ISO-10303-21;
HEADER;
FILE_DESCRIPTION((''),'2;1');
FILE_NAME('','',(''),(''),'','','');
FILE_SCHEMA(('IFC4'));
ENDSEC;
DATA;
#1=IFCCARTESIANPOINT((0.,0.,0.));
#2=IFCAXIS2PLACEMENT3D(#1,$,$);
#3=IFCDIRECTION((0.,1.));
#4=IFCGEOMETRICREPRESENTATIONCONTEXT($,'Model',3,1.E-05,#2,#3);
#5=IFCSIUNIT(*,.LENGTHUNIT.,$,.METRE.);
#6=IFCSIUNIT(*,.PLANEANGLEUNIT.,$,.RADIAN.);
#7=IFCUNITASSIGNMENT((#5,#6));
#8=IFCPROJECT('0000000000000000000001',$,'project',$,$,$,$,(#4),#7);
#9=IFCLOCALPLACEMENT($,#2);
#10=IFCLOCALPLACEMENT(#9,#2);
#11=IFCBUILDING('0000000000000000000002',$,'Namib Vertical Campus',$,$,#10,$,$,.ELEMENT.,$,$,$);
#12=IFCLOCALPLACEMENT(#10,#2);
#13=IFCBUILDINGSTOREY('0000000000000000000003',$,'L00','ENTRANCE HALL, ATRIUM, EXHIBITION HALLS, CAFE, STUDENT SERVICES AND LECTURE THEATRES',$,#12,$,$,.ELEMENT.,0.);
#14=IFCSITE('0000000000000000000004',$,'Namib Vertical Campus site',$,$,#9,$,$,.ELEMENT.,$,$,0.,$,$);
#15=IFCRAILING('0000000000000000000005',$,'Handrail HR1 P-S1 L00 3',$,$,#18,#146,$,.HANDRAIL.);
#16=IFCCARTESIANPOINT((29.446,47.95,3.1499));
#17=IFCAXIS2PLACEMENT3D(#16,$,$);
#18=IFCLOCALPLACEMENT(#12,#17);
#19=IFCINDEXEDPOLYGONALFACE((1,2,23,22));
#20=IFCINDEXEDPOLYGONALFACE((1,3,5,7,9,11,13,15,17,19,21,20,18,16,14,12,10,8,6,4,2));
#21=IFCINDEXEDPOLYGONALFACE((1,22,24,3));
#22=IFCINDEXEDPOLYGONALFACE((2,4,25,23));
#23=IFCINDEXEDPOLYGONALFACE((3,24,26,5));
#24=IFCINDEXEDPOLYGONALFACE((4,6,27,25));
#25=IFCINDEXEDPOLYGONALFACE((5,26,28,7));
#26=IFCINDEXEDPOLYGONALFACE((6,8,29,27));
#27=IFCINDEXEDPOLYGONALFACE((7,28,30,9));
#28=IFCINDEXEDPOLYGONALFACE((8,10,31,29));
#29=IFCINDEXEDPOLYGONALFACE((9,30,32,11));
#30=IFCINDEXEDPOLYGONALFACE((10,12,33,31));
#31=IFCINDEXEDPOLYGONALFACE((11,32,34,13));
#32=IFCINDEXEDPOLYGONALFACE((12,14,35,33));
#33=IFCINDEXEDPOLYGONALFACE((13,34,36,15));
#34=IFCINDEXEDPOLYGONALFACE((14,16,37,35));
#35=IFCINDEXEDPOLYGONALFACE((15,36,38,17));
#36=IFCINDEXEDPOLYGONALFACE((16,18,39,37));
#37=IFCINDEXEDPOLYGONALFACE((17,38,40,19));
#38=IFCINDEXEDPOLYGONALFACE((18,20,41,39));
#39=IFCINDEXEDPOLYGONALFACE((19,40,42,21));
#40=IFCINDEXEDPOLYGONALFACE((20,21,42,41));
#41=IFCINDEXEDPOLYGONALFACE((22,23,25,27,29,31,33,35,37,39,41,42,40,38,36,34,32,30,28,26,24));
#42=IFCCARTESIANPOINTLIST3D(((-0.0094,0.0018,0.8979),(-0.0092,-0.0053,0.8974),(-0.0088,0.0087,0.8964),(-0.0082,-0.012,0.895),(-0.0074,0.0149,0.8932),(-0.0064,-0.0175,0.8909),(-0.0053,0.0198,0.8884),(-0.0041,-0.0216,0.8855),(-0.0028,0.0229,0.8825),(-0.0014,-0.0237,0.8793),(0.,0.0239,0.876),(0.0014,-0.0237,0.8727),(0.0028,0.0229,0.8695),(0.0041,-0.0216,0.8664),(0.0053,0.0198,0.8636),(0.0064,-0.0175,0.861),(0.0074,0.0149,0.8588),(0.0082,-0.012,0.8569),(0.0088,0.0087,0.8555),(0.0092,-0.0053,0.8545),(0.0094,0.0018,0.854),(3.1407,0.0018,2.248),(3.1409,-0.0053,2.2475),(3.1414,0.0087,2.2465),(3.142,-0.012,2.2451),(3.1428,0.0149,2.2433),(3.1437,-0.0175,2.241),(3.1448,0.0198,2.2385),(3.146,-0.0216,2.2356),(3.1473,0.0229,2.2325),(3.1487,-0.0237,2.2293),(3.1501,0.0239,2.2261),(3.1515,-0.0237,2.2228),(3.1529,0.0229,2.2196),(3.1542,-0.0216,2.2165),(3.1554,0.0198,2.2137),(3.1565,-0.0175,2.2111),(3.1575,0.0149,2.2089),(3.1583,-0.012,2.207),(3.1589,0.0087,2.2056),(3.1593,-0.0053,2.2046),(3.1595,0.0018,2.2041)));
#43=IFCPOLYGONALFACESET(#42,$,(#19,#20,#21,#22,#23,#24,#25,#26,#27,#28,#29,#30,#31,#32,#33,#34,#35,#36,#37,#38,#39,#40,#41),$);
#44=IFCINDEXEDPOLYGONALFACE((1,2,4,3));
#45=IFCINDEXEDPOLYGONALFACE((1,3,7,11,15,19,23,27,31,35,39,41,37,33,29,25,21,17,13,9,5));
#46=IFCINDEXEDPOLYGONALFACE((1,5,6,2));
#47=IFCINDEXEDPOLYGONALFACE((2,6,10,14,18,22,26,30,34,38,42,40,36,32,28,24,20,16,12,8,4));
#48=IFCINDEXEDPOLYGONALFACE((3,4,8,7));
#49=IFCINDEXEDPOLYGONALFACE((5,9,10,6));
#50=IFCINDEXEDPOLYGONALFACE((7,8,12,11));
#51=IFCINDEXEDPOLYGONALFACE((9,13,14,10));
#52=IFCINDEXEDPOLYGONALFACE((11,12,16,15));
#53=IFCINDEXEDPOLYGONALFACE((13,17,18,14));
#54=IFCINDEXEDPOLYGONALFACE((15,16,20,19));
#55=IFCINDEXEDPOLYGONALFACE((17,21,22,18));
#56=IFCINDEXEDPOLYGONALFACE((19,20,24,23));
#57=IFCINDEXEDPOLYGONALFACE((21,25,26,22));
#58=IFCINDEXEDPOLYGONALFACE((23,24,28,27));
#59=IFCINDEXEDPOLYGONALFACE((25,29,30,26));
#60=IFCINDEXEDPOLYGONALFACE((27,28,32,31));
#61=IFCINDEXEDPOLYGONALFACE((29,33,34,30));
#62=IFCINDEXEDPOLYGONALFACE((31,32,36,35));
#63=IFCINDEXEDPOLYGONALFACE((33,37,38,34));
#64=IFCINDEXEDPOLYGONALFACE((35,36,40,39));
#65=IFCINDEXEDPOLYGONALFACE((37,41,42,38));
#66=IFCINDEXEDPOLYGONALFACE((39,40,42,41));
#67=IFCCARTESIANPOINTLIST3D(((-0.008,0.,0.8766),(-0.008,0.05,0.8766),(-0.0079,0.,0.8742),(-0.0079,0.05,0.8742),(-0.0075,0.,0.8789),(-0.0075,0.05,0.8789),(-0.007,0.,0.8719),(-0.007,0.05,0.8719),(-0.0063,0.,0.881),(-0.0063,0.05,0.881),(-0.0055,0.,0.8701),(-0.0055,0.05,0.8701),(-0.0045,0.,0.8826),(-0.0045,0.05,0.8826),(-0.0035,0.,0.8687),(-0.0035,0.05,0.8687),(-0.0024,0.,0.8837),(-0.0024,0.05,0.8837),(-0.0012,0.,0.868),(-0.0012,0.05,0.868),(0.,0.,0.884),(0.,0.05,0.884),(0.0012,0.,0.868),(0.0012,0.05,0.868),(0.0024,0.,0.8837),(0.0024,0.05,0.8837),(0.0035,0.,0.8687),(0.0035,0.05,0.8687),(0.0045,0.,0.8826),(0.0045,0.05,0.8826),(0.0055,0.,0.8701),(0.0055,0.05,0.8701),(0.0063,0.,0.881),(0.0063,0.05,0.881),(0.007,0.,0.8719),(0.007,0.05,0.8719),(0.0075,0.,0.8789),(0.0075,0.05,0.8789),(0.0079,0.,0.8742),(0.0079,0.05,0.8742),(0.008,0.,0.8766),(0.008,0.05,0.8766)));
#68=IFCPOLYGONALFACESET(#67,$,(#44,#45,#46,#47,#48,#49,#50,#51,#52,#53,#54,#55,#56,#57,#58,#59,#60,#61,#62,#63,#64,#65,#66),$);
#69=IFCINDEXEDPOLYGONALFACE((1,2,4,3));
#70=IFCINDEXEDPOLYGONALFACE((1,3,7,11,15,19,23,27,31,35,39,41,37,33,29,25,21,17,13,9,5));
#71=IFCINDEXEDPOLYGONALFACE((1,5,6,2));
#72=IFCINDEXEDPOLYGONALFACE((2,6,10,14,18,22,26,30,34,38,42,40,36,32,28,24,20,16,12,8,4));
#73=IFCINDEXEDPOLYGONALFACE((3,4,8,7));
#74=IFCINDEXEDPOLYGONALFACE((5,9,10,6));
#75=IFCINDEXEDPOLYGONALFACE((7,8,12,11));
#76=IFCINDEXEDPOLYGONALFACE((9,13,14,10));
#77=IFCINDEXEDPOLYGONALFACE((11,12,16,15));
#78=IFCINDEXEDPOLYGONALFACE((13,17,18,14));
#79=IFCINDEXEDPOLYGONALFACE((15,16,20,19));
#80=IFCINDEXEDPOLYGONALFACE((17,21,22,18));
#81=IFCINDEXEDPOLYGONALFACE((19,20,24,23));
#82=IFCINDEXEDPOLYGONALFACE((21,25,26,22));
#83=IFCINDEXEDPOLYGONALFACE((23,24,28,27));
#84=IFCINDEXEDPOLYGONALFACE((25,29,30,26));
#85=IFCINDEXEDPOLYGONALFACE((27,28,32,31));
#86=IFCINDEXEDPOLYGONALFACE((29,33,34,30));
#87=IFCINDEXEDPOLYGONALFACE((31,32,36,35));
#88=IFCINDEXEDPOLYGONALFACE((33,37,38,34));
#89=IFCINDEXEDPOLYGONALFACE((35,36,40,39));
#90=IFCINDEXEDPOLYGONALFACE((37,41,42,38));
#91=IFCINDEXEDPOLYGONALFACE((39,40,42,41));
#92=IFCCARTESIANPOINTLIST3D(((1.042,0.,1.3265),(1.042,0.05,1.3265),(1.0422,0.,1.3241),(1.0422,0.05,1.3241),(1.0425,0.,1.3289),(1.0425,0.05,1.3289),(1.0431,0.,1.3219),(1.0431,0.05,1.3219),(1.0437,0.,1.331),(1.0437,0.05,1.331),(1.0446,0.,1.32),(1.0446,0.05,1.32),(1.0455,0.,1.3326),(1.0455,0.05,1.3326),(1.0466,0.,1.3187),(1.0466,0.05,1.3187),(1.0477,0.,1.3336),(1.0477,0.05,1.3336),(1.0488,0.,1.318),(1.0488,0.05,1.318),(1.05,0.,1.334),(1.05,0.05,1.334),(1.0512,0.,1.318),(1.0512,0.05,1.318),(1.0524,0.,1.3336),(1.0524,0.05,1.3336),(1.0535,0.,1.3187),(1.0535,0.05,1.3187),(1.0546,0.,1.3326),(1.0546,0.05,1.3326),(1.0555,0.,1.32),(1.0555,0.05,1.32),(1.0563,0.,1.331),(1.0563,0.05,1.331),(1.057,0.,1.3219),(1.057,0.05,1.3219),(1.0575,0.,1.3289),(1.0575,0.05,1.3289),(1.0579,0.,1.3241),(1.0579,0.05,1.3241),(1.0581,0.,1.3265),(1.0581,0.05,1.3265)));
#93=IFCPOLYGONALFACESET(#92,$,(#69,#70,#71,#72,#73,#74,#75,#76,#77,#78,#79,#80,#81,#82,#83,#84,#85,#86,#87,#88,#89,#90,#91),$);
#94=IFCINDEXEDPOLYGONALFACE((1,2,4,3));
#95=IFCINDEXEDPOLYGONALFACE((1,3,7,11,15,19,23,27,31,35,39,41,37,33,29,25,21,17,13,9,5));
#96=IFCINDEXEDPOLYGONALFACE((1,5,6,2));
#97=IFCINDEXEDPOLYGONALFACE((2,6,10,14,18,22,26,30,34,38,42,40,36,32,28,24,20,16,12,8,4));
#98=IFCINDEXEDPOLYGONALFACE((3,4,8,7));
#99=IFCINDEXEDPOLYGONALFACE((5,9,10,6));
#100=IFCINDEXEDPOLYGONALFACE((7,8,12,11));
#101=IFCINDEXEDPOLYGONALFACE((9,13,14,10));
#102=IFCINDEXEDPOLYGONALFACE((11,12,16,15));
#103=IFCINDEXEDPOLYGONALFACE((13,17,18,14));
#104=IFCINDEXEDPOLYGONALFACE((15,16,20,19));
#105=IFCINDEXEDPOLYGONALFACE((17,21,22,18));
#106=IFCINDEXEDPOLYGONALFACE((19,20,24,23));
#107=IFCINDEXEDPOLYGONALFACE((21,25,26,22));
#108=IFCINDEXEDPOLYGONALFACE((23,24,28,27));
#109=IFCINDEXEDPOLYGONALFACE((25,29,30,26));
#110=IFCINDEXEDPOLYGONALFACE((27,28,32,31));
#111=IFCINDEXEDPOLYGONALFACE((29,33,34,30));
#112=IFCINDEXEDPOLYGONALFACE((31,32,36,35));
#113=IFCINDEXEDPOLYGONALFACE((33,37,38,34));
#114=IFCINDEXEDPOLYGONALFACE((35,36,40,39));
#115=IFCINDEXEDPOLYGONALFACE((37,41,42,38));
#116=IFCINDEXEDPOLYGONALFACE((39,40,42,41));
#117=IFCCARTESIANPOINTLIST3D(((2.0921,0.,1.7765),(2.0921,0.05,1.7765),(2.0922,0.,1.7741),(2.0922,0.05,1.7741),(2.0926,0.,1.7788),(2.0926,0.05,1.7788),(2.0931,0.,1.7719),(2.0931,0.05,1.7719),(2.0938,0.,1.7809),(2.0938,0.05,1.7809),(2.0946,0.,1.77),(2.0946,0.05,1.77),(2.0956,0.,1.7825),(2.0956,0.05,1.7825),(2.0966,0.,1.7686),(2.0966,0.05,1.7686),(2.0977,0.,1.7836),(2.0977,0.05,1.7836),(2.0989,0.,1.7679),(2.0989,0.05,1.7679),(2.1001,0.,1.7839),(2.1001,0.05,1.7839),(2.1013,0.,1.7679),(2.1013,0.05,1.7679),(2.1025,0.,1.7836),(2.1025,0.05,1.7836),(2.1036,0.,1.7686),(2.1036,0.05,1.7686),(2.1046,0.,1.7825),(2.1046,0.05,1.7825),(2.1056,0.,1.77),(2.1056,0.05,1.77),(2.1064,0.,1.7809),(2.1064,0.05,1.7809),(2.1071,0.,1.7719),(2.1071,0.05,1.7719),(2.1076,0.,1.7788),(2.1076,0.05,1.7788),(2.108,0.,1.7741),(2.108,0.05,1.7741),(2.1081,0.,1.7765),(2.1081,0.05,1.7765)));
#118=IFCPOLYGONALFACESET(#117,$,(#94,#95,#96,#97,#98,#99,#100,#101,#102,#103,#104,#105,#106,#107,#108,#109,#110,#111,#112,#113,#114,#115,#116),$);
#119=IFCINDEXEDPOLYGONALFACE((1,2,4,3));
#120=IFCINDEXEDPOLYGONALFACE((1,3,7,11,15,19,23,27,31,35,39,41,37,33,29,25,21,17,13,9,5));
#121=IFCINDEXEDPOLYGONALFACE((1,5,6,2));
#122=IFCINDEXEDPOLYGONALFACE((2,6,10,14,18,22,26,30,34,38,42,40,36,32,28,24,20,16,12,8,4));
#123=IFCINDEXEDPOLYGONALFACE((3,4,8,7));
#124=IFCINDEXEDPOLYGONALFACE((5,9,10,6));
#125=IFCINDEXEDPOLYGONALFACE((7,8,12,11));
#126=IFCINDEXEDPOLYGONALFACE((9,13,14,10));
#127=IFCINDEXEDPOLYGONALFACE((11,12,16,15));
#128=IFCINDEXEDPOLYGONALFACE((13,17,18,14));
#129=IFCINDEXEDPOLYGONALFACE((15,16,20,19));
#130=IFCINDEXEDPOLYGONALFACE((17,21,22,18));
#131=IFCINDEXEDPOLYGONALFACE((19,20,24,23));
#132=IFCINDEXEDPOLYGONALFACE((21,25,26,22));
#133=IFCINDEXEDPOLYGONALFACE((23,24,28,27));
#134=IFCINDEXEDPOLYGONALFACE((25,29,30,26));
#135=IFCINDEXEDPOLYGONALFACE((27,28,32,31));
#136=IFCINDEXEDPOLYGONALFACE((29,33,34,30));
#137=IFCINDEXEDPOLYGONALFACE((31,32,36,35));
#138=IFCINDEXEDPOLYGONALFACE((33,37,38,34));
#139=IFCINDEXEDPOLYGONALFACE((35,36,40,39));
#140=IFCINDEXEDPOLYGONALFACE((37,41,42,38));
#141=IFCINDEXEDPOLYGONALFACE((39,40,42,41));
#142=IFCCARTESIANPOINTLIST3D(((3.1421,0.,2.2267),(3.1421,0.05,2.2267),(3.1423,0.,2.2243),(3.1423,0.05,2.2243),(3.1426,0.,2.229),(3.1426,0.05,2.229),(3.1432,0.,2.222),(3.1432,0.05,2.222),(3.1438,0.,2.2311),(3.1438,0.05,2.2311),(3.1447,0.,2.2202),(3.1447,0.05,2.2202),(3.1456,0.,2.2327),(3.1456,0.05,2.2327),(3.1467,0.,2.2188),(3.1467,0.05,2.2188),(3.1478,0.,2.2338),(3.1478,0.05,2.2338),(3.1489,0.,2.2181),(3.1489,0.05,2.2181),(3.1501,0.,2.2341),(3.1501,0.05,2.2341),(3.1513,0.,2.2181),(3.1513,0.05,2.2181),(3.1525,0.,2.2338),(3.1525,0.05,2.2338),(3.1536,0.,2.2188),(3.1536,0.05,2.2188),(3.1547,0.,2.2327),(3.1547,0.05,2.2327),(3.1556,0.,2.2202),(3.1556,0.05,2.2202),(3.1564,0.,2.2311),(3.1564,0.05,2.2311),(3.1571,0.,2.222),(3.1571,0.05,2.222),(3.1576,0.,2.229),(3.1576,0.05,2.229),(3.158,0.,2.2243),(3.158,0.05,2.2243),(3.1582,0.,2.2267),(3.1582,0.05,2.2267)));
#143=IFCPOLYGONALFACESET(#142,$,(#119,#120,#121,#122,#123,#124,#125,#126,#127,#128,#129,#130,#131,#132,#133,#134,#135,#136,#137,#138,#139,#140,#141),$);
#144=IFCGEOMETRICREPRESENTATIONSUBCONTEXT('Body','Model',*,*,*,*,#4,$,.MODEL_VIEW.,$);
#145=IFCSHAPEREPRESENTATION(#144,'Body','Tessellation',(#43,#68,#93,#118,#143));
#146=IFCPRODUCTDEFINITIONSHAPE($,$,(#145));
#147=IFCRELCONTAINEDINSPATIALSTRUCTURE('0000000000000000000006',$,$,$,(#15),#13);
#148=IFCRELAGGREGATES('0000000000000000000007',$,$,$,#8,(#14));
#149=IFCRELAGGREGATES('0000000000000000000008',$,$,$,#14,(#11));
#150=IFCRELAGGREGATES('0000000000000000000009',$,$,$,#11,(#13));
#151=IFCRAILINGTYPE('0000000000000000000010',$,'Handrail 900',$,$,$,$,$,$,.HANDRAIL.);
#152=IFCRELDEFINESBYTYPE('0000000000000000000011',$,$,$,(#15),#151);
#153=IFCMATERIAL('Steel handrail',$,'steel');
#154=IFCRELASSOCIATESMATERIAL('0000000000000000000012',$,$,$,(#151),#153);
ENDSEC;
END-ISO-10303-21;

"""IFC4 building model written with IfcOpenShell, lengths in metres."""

from ifc_helpers import new_model, si_unit, direction, frame, origin, origin_2d, place, context, subcontext, project, spatial, circle, extrude, material, type_object, element, save


model = new_model("IFC4")

# Units and contexts
model_context = context("Model", 3, precision=1e-05, world=origin(), true_north=direction((0.0, 1.0)))
body_context = subcontext(model_context, "Body", "Model", "MODEL_VIEW")
ifc_project = project(units=[si_unit("LENGTHUNIT", "METRE"), si_unit("PLANEANGLEUNIT", "RADIAN")], contexts=[model_context])

# Site, building, storey
site_placement = place(None, origin())
site = spatial("IfcSite", under=ifc_project, at=site_placement, Name="Namib Vertical Campus site", CompositionType="ELEMENT", RefElevation=0.0)
building_placement = place(site_placement, origin())
building = spatial("IfcBuilding", under=site, at=building_placement, Name="Namib Vertical Campus", CompositionType="ELEMENT")
storey_placement = place(building_placement, origin())
storey = spatial("IfcBuildingStorey", under=building, at=storey_placement, Name="L00", Description="ENTRANCE HALL, ATRIUM, EXHIBITION HALLS, CAFE, STUDENT SERVICES AND LECTURE THEATRES", CompositionType="ELEMENT", Elevation=0.0)

# Railing
ifc_material_1 = material(Name="Steel handrail", Category="steel")
railing_type = type_object("IfcRailingType", Name="Handrail 900", PredefinedType="HANDRAIL", material=ifc_material_1)
railing_1_placement = place(storey_placement, frame((29.446, 47.95, 3.1499)))
element("IfcRailing", 1, at=railing_1_placement, inside=storey, type_object=railing_type, Name="Handrail HR1 P-S1 L00 3", PredefinedType="HANDRAIL", context=body_context, shape_type="SweptSolid", body=[
    extrude(circle(Radius=0.0239, at=origin_2d()), frame((0.0, 0.0, 0.876), z_axis=(0.919141, 0.0, 0.393928), x_axis=(0.0, 1.0, 0.0)), (0.0, 0.0, 1.0), 3.4272),
    extrude(circle(Radius=0.0081, at=origin_2d()), frame((0.0, 0.0, 0.876), z_axis=(0.0, 1.0, 0.0), x_axis=(0.0, 0.0, 1.0)), (0.0, 0.0, 1.0), 0.05),
    extrude(circle(Radius=0.0081, at=origin_2d()), frame((1.05, 0.0, 1.3259), z_axis=(0.0, 1.0, 0.0), x_axis=(0.0, 0.0, 1.0)), (0.0, 0.0, 1.0), 0.05),
    extrude(circle(Radius=0.0081, at=origin_2d()), frame((2.1001, 0.0, 1.7759), z_axis=(0.0, 1.0, 0.0), x_axis=(0.0, 0.0, 1.0)), (0.0, 0.0, 1.0), 0.05),
    extrude(circle(Radius=0.0081, at=origin_2d()), frame((3.1501, 0.0, 2.2261), z_axis=(0.0, 1.0, 0.0), x_axis=(0.0, 0.0, 1.0)), (0.0, 0.0, 1.0), 0.05),
])

save(model, "model.ifc")
